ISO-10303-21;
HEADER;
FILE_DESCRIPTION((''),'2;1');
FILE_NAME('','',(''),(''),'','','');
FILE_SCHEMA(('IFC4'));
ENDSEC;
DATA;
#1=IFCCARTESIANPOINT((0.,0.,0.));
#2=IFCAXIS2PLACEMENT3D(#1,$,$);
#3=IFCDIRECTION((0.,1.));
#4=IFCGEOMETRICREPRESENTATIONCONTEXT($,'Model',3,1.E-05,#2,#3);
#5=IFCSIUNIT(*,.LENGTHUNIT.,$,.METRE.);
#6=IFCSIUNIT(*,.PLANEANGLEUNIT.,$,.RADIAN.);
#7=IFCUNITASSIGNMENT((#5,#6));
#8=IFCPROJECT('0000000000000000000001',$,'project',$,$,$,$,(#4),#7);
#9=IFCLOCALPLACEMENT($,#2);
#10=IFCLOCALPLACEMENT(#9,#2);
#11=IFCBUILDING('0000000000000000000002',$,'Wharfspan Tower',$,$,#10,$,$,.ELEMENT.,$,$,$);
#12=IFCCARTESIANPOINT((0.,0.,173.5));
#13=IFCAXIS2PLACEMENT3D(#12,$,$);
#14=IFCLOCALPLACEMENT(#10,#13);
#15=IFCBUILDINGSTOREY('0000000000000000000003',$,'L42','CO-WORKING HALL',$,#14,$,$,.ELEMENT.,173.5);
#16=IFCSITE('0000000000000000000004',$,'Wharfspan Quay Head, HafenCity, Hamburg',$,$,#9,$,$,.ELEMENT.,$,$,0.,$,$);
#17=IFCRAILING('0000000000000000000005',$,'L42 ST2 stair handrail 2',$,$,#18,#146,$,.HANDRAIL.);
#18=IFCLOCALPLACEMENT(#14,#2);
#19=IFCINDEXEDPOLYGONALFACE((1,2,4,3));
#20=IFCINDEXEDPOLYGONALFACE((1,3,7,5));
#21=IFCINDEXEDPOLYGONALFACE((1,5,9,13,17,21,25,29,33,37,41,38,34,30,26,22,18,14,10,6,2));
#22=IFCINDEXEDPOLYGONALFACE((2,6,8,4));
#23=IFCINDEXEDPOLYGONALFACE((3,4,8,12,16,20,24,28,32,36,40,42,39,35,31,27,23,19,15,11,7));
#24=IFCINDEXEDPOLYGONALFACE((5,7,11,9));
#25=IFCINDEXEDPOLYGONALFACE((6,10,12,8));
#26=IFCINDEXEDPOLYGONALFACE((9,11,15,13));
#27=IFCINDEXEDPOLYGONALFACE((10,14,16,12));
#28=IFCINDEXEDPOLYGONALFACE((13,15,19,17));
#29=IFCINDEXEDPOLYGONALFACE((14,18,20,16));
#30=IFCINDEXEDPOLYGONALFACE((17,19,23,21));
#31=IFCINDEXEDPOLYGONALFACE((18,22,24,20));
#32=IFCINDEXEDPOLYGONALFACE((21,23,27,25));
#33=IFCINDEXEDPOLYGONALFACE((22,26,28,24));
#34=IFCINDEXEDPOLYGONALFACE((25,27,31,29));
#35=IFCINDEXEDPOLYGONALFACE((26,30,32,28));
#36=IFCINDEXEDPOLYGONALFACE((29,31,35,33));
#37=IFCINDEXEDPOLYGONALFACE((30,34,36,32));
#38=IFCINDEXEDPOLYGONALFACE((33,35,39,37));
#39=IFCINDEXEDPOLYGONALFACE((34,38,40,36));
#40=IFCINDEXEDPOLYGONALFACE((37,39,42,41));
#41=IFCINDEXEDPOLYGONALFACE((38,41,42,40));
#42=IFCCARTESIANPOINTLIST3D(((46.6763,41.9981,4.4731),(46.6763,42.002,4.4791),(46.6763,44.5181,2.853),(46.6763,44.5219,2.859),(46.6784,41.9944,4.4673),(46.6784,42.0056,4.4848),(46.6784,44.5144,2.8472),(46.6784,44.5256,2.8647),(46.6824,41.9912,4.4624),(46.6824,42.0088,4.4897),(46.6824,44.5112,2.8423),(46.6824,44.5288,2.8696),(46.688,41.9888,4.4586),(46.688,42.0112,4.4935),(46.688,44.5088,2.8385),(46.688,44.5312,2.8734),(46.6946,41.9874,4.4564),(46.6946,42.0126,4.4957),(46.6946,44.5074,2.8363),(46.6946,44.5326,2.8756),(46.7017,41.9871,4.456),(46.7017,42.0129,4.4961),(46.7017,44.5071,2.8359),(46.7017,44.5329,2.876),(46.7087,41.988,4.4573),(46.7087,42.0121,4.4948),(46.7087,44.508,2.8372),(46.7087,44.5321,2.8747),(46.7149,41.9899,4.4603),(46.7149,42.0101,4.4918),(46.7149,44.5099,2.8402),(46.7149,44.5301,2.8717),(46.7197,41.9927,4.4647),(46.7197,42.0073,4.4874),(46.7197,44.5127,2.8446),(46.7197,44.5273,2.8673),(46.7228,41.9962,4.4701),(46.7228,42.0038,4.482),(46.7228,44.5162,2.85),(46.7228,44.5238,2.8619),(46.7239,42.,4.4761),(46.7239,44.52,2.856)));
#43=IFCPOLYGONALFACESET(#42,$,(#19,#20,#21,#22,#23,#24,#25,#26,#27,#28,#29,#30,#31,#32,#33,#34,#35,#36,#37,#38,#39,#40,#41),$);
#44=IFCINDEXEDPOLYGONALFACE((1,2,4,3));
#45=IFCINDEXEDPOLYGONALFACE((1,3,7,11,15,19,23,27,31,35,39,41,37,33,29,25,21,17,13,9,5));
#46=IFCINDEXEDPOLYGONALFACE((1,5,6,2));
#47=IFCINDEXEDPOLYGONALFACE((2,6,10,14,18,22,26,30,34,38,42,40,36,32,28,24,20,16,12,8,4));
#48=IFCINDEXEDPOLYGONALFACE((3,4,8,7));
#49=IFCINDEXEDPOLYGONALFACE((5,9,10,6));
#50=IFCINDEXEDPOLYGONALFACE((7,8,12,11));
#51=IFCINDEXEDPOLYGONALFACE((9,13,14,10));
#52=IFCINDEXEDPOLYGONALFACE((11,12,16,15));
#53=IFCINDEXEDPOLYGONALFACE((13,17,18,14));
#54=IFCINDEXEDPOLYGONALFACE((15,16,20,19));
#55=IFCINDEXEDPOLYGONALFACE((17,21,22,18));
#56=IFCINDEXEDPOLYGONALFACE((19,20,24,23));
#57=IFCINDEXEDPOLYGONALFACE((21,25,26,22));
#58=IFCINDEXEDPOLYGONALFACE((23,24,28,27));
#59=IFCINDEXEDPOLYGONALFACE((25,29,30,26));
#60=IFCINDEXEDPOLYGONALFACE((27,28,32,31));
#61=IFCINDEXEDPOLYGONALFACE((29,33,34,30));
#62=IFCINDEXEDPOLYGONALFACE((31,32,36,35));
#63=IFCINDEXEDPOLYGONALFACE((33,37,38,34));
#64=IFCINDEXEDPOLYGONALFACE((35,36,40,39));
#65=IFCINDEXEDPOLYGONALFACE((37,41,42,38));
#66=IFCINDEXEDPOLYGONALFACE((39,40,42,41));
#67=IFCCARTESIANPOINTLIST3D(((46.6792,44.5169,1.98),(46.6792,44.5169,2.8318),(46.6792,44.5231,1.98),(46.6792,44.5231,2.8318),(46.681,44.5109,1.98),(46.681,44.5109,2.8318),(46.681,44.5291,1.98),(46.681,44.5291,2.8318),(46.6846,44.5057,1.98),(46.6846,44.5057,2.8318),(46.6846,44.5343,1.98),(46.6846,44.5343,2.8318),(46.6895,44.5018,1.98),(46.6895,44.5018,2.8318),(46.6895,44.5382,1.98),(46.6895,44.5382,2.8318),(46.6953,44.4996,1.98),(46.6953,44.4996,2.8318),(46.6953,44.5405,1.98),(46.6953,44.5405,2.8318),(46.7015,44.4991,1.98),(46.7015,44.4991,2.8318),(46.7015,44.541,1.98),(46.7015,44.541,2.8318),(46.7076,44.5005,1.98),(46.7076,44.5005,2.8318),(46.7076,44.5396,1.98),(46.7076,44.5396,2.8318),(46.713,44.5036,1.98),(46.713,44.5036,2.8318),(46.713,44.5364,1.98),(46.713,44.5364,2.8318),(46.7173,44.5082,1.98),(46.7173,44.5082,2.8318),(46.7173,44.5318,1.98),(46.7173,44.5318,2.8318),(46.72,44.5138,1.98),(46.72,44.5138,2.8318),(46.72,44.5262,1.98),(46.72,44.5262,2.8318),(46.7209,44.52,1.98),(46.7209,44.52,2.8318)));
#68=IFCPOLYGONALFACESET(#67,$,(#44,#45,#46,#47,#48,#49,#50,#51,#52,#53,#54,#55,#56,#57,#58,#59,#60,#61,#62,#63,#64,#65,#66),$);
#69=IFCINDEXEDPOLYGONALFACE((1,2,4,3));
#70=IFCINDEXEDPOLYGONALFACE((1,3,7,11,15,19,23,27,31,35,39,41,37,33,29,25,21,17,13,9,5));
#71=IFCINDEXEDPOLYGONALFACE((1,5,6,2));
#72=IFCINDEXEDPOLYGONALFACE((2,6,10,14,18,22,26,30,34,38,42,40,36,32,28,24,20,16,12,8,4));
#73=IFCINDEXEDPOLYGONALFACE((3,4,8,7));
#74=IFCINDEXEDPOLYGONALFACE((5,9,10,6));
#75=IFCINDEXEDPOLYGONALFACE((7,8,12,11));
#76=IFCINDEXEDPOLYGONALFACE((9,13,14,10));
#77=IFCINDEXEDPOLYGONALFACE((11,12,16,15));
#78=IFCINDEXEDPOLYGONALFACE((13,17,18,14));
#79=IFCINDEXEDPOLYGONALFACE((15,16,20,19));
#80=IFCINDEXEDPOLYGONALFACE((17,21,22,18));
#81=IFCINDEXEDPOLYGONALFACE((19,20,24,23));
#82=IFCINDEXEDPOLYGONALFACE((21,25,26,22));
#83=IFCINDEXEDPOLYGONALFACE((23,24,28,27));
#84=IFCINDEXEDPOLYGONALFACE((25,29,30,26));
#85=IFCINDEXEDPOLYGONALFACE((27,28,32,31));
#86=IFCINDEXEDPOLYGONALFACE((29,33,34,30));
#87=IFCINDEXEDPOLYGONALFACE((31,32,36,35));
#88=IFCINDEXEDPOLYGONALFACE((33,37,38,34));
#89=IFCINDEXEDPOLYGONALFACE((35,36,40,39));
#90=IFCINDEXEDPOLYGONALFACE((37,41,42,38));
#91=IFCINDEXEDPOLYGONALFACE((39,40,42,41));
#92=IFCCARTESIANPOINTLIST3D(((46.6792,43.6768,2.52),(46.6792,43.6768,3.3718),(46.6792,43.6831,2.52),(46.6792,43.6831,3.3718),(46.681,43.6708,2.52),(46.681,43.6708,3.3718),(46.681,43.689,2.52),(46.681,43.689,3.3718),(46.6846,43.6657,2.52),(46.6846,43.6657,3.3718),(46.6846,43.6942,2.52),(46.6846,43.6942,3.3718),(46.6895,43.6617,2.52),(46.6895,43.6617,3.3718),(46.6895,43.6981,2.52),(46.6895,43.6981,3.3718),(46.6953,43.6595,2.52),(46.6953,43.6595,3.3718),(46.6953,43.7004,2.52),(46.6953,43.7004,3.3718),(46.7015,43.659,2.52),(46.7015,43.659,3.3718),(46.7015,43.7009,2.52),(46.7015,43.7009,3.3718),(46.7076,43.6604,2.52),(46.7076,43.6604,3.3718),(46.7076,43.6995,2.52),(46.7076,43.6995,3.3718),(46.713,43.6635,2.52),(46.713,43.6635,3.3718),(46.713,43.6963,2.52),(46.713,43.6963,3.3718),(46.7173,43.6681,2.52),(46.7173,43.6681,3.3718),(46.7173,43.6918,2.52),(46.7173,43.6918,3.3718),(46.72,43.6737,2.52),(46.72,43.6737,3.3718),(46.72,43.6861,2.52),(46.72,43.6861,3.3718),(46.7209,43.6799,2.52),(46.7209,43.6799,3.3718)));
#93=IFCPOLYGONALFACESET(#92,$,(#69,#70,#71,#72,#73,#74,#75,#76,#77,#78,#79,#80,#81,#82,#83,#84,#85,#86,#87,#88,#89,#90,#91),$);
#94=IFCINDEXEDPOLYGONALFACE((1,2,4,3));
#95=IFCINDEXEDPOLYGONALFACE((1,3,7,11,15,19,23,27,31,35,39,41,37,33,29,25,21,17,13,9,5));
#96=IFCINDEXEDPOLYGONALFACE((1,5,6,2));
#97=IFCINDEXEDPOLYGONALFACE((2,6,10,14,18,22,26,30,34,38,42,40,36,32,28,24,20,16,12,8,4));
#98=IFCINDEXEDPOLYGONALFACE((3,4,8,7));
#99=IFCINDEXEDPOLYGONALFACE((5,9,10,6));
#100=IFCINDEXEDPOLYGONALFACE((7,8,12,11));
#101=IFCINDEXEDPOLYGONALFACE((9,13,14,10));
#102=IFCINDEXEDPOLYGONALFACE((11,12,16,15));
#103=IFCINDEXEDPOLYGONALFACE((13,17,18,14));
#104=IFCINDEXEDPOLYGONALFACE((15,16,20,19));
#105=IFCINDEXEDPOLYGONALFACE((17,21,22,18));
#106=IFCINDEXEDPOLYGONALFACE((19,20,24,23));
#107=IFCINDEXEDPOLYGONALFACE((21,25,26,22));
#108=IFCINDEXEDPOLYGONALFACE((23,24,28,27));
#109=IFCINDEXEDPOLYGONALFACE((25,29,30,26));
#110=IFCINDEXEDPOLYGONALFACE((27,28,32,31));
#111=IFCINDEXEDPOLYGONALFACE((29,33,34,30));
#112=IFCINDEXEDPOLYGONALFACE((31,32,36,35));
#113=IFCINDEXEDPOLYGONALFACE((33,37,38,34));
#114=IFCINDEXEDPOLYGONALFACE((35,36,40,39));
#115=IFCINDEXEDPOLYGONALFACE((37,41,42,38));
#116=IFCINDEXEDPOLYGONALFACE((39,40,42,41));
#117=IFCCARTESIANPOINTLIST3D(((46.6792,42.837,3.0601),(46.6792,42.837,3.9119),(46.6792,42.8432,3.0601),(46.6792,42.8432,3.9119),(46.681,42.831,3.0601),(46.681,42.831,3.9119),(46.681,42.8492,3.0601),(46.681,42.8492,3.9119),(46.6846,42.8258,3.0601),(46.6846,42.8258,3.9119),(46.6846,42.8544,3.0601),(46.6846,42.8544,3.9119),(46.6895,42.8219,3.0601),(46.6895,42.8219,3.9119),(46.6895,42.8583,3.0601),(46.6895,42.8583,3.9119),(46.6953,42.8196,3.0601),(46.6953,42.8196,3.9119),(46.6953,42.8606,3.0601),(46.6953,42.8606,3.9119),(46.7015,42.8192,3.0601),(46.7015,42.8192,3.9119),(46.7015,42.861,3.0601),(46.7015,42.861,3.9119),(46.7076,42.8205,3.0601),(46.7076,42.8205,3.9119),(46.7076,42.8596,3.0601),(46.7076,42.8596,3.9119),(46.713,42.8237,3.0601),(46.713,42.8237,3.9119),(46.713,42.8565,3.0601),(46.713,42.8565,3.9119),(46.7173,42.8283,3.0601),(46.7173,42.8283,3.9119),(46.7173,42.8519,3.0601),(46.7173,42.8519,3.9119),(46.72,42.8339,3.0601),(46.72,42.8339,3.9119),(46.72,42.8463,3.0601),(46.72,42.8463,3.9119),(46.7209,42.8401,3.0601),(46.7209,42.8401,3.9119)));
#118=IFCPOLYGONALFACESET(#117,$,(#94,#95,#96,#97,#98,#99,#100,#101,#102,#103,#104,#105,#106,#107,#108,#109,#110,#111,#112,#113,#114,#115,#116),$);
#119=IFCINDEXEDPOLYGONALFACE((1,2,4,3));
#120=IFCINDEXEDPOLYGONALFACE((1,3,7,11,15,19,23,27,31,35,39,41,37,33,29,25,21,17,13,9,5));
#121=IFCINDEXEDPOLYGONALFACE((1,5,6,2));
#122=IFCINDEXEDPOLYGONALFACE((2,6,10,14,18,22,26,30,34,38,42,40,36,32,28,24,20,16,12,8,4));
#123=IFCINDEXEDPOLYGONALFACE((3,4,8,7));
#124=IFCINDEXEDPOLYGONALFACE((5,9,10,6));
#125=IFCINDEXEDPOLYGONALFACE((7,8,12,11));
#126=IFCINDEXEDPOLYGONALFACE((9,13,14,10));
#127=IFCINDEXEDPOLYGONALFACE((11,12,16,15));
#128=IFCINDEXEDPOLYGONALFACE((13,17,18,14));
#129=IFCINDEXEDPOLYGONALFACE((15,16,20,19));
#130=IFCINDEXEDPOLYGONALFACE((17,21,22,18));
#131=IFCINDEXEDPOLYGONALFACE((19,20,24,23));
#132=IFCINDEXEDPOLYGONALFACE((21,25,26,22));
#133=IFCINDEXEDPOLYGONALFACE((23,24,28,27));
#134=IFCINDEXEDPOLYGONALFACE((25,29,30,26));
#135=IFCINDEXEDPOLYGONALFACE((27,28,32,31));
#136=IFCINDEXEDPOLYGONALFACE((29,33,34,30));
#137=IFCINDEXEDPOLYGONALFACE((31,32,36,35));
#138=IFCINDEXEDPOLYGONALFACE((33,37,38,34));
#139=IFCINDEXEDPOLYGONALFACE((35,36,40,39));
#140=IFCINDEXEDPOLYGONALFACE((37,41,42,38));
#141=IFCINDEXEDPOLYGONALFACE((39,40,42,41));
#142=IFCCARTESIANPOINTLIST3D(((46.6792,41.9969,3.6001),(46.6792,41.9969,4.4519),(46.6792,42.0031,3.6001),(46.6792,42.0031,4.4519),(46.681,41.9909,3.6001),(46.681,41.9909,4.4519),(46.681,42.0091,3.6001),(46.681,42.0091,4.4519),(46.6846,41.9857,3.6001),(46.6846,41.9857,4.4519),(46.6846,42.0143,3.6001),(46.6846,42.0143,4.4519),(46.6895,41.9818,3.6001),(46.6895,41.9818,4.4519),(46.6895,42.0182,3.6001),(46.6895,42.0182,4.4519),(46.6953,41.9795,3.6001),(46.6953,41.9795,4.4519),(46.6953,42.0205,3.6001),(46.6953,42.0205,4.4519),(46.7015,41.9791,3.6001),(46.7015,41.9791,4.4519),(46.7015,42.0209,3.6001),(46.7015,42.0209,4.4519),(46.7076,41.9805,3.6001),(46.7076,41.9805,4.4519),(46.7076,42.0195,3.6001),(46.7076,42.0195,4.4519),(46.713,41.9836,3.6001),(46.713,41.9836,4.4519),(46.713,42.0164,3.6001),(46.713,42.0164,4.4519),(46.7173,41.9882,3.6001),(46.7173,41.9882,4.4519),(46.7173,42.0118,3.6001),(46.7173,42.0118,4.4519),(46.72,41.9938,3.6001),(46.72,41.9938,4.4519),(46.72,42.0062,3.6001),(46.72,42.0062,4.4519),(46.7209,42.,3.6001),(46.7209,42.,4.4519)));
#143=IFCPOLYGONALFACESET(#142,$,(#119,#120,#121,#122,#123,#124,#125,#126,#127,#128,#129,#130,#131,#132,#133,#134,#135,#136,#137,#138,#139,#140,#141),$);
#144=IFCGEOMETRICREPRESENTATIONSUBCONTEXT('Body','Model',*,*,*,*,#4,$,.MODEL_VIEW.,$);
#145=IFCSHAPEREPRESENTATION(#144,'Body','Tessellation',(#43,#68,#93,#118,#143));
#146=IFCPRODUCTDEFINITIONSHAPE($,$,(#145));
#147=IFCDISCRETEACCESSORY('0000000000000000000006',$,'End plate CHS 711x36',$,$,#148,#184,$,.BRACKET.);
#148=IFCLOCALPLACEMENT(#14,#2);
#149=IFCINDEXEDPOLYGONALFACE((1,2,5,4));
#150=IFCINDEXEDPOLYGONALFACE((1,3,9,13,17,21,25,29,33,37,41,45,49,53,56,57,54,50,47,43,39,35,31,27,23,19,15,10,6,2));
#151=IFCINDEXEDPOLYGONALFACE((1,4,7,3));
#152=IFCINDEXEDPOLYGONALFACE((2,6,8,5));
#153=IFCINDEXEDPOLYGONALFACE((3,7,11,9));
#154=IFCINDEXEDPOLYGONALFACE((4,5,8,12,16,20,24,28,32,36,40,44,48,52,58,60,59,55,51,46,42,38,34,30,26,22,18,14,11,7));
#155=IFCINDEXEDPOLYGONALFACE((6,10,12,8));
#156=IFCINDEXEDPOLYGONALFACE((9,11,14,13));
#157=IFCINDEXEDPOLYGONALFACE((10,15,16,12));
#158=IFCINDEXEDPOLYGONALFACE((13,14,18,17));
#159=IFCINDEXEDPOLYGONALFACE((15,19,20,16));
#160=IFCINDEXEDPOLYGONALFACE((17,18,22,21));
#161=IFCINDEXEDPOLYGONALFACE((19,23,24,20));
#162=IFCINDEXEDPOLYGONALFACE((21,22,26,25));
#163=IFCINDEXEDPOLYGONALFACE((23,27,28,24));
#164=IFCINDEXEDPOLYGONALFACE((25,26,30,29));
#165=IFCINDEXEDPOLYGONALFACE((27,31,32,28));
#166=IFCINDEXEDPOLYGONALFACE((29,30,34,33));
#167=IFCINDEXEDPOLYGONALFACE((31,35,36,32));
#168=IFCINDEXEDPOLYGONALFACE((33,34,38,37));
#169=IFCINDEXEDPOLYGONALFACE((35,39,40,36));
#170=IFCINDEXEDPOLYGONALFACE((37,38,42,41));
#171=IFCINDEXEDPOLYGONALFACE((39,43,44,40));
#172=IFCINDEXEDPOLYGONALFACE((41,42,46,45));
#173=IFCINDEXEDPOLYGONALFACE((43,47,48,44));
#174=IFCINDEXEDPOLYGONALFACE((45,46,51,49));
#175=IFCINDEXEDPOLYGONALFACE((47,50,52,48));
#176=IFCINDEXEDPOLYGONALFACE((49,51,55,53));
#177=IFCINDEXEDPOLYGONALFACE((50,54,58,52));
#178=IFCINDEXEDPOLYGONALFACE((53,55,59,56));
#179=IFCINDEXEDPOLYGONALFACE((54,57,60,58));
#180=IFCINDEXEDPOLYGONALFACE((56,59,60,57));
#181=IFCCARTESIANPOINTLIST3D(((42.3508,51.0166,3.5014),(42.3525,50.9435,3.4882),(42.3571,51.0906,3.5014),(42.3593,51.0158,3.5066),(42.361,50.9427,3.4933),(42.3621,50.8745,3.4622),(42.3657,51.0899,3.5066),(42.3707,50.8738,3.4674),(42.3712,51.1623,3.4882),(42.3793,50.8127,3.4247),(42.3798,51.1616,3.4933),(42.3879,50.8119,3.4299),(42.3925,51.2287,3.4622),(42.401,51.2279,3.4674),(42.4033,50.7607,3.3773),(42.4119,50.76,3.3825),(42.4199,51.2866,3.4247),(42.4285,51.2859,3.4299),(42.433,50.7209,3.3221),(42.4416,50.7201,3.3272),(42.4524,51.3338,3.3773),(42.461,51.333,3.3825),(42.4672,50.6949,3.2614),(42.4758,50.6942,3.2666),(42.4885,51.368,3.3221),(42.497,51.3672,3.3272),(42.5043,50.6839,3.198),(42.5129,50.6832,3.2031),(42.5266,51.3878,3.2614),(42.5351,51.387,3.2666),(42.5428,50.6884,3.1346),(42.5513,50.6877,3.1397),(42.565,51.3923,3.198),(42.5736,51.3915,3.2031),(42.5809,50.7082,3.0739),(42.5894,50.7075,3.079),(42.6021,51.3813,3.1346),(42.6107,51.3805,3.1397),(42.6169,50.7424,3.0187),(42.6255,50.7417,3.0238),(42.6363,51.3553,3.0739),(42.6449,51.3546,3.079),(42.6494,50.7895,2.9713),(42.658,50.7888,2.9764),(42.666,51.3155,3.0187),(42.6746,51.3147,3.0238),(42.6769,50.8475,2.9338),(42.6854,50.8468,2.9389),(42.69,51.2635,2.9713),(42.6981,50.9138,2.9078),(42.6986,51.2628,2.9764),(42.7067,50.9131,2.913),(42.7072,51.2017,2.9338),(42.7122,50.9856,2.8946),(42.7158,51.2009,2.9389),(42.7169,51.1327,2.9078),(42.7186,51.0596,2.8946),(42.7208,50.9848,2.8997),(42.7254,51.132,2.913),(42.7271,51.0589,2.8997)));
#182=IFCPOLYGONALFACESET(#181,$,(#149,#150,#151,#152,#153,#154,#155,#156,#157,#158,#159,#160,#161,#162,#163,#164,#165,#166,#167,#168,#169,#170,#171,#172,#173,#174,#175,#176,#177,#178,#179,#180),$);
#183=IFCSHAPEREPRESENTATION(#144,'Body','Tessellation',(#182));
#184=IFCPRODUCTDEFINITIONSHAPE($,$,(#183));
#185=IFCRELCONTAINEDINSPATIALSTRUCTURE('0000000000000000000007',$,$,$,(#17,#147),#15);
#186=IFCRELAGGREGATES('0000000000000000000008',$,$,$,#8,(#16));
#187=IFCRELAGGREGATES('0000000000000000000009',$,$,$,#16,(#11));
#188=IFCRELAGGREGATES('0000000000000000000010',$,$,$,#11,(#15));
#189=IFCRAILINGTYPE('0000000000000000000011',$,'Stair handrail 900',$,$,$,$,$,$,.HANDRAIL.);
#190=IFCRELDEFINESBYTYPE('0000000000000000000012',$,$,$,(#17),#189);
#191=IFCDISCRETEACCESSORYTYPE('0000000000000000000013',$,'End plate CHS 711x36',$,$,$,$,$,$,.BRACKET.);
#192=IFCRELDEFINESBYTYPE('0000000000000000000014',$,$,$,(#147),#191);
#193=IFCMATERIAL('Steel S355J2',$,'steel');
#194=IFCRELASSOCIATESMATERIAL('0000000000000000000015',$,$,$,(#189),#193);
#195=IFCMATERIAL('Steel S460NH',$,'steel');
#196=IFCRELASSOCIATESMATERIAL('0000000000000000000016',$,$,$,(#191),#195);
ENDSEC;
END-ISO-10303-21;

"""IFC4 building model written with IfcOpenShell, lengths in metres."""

from ifc_helpers import new_model, si_unit, direction, frame, origin, origin_2d, place, context, subcontext, project, spatial, circle, extrude, material, material_profile, profile_set, type_object, element, save


model = new_model("IFC4")

# Units and contexts
model_context = context("Model", 3, precision=1e-05, world=origin(), true_north=direction((0.0, 1.0)))
body_context = subcontext(model_context, "Body", "Model", "MODEL_VIEW")
ifc_project = project(units=[si_unit("LENGTHUNIT", "METRE"), si_unit("PLANEANGLEUNIT", "RADIAN")], contexts=[model_context])

# Site, building, storey
site_placement = place(None, origin())
site = spatial("IfcSite", under=ifc_project, at=site_placement, Name="Wharfspan Quay Head, HafenCity, Hamburg", CompositionType="ELEMENT", RefElevation=0.0)
building_placement = place(site_placement, origin())
building = spatial("IfcBuilding", under=site, at=building_placement, Name="Wharfspan Tower", CompositionType="ELEMENT")
storey_placement = place(building_placement, frame((0.0, 0.0, 173.5)))
storey = spatial("IfcBuildingStorey", under=building, at=storey_placement, Name="L42", Description="CO-WORKING HALL", CompositionType="ELEMENT", Elevation=173.5)

# Shared definitions
ifc_material_1 = material(Name="Steel S355J2", Category="steel")

# Shared definitions
ifc_material_2 = material(Name="Steel S460NH", Category="steel")

# Railing
railing_type_1 = type_object("IfcRailingType", Name="Stair handrail 900", PredefinedType="HANDRAIL", material=ifc_material_1)
railing_1_placement = place(storey_placement, frame((46.7, 44.52, 1.98)))
element("IfcRailing", 1, at=railing_1_placement, inside=storey, type_object=railing_type_1, Name="L42 ST2 stair handrail 2", PredefinedType="HANDRAIL", context=body_context, shape_type="SweptSolid", body=[
    extrude(circle(Radius=0.0239, at=origin_2d()), frame((0.0, 0.0, 0.876), z_axis=(0.0, -0.841163, 0.540782), x_axis=(1.0, 0.0, 0.0)), (0.0, 0.0, 1.0), 2.9958),
    extrude(circle(Radius=0.021, at=origin_2d()), origin(), (0.0, 0.0, 1.0), 0.8518),
    extrude(circle(Radius=0.021, at=origin_2d()), frame((0.0, -0.8401, 0.54)), (0.0, 0.0, 1.0), 0.8518),
    extrude(circle(Radius=0.021, at=origin_2d()), frame((0.0, -1.6799, 1.0801)), (0.0, 0.0, 1.0), 0.8518),
    extrude(circle(Radius=0.021, at=origin_2d()), frame((0.0, -2.52, 1.6201)), (0.0, 0.0, 1.0), 0.8518),
])

# Discrete accessory
ifc_material_profile_1 = material_profile(ifc_material_2, circle(Radius=0.3555, at=origin_2d()))
ifc_profile_set_1 = profile_set([ifc_material_profile_1], Name="Steel S460NH")
discrete_accessory_type = type_object("IfcDiscreteAccessoryType", Name="End plate CHS 711x36", PredefinedType="BRACKET", material=ifc_profile_set_1)
for number, where, z_axis, x_axis, name in (
    (2, (42.5347, 51.0381, 3.198), (0.855186, -0.073302, 0.513112), (0.085402, 0.996345, -0.000001), "End plate CHS 711x36"),
):
    element("IfcDiscreteAccessory", number, at=place(storey_placement, frame(where, z_axis=z_axis, x_axis=x_axis)), inside=storey, type_object=discrete_accessory_type, Name=name, PredefinedType="BRACKET", context=body_context, shape_type="SweptSolid", body=[
        extrude(circle(Radius=0.3555, at=origin_2d()), origin(), (0.0, 0.0, 1.0), 0.01),
    ])

save(model, "model.ifc")
